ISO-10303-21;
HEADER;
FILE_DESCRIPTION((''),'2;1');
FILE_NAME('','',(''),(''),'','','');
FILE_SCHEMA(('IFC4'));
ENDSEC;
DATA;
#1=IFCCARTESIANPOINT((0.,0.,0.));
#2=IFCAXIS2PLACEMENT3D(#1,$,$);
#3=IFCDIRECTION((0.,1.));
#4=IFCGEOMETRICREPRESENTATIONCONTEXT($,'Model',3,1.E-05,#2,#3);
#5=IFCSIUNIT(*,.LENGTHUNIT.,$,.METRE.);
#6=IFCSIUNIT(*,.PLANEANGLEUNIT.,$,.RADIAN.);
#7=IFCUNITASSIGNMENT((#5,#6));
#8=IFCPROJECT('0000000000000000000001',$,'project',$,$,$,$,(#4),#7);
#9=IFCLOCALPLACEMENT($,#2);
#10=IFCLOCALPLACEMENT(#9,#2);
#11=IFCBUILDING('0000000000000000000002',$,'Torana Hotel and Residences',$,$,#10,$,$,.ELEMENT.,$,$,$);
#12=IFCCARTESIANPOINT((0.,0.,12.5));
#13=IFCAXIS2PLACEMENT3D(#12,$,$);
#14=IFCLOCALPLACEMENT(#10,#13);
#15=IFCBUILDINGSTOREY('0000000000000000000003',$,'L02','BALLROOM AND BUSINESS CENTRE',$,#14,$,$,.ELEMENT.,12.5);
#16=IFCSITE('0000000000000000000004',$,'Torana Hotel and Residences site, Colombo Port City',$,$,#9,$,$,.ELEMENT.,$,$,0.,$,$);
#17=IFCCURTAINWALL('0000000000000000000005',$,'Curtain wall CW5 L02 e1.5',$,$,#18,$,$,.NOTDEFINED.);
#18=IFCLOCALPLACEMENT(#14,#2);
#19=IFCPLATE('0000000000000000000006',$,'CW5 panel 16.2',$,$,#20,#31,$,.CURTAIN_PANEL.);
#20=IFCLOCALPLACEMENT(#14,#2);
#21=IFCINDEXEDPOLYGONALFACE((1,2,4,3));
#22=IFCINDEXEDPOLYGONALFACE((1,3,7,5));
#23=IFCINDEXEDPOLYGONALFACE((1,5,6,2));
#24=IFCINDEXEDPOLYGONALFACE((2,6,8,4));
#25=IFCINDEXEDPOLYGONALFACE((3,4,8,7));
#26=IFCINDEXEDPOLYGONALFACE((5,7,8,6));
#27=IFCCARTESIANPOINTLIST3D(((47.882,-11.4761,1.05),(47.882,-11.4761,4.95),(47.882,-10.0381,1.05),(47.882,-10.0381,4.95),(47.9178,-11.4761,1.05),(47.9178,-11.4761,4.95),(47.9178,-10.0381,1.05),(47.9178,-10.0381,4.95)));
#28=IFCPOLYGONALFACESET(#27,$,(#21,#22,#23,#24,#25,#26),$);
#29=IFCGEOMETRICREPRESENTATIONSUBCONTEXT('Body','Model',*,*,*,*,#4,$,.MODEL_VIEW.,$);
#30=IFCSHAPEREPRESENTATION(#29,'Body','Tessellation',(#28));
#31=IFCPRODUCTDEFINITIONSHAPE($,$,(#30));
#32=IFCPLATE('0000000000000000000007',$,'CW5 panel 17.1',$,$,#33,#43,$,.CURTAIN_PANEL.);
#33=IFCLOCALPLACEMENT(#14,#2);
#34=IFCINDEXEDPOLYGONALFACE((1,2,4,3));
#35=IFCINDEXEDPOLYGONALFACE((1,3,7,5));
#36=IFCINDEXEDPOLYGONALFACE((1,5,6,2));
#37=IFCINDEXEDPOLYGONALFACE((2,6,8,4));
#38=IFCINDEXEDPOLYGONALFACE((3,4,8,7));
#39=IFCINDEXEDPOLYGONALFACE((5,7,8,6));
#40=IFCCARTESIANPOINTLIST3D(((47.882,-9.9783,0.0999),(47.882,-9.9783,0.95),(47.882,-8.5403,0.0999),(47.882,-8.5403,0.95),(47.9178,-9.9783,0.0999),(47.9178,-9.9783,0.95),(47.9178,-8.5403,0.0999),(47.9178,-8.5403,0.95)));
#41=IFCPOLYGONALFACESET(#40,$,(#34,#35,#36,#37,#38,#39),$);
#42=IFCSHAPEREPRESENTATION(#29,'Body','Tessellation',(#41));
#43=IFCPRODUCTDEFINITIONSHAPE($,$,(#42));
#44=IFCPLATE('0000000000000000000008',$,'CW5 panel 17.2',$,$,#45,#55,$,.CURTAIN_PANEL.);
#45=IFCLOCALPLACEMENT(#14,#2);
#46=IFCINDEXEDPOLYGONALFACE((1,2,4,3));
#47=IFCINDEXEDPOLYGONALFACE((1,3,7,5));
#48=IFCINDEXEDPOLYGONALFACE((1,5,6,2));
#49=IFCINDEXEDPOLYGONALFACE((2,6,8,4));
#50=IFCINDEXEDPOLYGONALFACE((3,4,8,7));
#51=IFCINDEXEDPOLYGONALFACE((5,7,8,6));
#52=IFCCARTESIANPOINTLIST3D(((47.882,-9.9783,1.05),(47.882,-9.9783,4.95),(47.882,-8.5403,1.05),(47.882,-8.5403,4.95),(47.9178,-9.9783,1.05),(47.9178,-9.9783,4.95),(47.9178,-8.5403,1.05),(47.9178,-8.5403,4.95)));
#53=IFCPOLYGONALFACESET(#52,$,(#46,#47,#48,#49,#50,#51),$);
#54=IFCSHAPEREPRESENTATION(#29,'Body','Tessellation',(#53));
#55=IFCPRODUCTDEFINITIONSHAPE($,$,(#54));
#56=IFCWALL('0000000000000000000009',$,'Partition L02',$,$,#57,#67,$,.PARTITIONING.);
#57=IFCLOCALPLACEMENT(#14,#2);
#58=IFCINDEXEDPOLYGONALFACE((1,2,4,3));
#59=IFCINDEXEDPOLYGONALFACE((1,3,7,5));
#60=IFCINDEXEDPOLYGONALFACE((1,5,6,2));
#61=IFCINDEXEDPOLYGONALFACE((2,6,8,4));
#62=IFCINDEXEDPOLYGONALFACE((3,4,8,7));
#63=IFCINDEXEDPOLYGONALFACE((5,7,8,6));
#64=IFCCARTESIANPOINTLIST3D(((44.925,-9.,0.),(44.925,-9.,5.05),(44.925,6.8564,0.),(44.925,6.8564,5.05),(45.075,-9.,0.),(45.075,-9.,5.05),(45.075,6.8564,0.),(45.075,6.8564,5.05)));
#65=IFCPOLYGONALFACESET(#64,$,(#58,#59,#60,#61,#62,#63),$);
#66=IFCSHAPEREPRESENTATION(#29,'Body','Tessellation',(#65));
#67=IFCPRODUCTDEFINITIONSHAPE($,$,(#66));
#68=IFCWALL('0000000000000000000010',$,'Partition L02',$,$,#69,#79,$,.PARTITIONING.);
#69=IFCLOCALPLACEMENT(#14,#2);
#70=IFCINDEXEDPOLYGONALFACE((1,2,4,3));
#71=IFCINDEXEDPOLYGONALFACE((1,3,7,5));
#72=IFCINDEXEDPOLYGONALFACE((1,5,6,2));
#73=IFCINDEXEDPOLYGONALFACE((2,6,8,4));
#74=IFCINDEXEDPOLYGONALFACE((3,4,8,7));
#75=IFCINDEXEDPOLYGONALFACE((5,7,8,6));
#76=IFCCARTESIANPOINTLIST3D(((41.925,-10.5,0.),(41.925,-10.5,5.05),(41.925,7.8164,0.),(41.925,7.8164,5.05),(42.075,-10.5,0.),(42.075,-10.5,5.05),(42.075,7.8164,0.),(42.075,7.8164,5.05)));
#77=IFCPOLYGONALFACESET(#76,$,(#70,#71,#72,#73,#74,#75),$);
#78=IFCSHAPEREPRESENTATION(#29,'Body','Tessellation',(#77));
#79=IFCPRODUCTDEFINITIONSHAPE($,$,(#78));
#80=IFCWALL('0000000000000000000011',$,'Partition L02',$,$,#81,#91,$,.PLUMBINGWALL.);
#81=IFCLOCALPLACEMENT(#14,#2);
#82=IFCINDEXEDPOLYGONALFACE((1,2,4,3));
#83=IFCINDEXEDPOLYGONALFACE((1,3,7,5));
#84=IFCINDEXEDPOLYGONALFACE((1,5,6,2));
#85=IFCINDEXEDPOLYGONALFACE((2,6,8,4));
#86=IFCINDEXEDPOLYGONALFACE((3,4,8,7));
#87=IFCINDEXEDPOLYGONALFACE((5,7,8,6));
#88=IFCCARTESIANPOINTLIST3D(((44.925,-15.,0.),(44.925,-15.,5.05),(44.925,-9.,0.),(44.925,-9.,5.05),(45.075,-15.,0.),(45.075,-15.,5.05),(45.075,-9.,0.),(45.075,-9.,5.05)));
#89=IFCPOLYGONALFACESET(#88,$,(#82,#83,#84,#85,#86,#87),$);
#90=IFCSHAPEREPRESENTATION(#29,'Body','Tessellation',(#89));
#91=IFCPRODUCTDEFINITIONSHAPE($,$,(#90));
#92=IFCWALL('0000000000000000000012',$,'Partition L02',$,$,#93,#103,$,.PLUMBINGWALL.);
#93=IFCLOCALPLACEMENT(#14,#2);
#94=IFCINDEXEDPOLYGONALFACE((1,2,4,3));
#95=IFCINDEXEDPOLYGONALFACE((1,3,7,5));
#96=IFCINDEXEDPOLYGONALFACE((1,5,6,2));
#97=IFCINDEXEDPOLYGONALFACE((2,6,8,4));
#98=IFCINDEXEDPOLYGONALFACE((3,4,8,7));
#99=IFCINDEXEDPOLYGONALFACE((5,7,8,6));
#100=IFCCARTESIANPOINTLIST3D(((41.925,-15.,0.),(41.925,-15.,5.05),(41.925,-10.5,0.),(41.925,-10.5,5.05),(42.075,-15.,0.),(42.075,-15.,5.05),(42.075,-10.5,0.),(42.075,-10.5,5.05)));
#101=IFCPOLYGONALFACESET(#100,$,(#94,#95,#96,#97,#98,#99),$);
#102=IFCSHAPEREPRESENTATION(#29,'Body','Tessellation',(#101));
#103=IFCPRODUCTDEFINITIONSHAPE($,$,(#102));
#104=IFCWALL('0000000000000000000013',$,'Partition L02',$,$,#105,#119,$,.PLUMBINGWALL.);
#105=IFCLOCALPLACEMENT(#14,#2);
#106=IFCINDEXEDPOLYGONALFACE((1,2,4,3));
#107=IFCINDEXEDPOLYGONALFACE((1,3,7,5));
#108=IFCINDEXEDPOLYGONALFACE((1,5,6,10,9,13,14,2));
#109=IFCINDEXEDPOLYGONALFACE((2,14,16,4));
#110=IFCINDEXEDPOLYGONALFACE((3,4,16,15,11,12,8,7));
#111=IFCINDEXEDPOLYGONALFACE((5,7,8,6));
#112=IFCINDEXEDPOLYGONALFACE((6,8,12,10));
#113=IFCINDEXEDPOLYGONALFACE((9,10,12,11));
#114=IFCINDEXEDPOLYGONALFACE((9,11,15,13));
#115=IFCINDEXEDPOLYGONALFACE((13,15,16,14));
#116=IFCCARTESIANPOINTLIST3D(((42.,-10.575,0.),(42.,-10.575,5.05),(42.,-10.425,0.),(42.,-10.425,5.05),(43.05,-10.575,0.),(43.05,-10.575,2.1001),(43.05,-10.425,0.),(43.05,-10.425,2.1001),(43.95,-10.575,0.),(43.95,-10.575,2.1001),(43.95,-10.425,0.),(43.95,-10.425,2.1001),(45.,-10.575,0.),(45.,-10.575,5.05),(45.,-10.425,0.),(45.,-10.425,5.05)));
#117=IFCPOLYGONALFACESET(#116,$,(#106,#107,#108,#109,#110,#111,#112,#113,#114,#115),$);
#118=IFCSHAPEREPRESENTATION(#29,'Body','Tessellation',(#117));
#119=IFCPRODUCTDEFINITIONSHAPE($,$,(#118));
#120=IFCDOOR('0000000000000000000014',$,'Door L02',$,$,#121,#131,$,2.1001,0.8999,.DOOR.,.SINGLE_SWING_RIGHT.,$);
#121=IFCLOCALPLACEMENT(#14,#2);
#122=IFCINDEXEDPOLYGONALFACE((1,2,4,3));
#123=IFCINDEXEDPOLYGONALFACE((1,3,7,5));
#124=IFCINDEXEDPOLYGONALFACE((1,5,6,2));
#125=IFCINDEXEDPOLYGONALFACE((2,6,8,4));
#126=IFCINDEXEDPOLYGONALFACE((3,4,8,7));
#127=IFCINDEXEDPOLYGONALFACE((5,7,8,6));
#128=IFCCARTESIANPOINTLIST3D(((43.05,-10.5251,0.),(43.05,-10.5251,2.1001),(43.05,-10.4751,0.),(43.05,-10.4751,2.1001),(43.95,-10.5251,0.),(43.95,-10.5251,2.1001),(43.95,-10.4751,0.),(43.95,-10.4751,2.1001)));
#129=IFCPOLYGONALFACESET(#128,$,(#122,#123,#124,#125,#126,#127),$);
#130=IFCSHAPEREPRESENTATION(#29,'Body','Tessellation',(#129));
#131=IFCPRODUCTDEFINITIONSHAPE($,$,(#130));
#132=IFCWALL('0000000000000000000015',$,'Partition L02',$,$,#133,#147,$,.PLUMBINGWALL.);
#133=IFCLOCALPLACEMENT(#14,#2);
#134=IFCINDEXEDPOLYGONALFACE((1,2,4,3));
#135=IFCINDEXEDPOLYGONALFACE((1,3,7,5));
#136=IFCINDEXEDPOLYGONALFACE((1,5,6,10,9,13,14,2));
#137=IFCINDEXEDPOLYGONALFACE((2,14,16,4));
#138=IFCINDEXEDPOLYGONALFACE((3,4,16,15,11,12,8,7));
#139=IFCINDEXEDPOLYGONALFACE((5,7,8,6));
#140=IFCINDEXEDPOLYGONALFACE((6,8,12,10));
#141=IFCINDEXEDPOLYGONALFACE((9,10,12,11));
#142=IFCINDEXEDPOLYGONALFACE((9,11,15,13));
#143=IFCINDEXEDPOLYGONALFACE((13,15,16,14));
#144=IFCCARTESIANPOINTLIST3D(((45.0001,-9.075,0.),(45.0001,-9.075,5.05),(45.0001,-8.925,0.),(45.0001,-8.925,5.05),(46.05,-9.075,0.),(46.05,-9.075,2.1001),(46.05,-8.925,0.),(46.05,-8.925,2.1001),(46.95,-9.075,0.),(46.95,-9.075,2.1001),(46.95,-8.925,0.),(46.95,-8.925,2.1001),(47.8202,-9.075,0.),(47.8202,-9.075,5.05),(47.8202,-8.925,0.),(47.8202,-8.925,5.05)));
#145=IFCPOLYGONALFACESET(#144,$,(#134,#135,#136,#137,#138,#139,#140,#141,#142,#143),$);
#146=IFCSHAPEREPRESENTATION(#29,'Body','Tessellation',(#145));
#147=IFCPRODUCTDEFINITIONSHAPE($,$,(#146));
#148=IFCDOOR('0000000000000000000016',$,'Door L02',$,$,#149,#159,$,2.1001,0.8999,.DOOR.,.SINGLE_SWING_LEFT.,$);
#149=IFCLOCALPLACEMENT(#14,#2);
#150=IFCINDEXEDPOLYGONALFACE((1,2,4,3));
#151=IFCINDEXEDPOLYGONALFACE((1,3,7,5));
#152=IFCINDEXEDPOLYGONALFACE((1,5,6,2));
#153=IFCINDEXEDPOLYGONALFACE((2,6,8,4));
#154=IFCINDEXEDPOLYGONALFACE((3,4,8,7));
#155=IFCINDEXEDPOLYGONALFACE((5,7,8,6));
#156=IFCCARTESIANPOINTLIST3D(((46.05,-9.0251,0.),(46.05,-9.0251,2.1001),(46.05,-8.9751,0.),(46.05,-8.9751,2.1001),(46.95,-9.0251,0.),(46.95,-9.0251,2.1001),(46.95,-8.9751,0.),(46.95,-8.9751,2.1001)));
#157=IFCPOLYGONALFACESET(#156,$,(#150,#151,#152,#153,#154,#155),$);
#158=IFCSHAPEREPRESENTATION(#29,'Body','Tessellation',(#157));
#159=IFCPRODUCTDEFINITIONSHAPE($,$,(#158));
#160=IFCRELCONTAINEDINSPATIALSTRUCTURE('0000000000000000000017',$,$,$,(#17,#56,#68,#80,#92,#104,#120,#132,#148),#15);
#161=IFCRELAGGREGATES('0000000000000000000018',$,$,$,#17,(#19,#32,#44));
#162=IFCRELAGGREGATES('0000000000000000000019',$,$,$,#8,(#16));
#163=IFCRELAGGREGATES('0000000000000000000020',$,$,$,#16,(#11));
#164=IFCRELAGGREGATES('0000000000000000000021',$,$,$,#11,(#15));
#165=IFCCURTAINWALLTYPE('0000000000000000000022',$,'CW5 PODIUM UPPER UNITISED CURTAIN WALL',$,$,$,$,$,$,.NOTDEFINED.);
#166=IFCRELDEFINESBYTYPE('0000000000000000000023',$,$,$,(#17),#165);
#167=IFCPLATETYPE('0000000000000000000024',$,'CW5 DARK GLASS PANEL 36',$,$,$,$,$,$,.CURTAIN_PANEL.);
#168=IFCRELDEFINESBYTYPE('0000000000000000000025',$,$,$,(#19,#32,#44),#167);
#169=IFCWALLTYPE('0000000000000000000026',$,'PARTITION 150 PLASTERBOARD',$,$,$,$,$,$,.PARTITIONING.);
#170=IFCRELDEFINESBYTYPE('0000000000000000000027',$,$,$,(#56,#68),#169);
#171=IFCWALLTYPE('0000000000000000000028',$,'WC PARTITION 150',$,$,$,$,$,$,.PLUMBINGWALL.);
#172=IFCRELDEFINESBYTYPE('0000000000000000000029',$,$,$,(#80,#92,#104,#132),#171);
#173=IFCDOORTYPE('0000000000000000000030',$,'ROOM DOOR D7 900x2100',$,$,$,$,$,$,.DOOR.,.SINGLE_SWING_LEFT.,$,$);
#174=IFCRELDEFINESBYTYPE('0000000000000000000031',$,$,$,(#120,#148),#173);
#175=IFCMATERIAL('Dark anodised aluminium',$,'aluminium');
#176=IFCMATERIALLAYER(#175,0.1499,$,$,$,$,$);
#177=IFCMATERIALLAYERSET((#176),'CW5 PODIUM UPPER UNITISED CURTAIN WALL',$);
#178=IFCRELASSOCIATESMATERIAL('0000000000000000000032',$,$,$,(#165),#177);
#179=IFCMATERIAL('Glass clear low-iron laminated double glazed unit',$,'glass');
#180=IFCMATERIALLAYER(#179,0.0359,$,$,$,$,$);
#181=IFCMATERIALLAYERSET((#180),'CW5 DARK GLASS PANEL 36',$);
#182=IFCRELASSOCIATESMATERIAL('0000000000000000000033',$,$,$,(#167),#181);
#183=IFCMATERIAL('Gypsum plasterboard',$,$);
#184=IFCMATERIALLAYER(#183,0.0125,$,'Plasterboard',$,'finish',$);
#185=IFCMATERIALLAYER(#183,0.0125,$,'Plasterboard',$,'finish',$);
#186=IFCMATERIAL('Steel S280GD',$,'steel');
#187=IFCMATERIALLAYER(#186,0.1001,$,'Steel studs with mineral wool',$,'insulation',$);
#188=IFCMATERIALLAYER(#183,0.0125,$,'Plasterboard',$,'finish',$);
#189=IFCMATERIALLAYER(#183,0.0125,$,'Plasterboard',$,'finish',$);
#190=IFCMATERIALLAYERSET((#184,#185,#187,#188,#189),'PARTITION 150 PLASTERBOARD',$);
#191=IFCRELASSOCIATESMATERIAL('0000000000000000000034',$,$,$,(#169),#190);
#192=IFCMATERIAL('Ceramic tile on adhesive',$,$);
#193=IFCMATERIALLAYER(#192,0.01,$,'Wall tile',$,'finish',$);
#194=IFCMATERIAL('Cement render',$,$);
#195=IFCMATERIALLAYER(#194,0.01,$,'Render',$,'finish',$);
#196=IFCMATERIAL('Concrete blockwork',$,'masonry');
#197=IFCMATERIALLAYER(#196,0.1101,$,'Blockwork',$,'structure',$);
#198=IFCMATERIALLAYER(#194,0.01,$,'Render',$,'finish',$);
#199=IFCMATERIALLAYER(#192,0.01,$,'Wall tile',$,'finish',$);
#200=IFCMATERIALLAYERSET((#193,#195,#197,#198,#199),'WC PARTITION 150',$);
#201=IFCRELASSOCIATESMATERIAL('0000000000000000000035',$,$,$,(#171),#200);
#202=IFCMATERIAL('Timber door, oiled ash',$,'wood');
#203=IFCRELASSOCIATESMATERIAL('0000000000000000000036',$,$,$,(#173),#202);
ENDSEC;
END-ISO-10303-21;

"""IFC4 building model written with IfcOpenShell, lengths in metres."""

from ifc_helpers import new_model, si_unit, direction, frame, frame_2d, origin, origin_2d, place, context, subcontext, project, spatial, rectangle, extrude, material, layer, layer_set, type_object, element, fill, aggregate, save


model = new_model("IFC4")

# Units and contexts
model_context = context("Model", 3, precision=1e-05, world=origin(), true_north=direction((0.0, 1.0)))
body_context = subcontext(model_context, "Body", "Model", "MODEL_VIEW")
ifc_project = project(units=[si_unit("LENGTHUNIT", "METRE"), si_unit("PLANEANGLEUNIT", "RADIAN")], contexts=[model_context])

# Site, building, storey
site_placement = place(None, origin())
site = spatial("IfcSite", under=ifc_project, at=site_placement, Name="Torana Hotel and Residences site, Colombo Port City", CompositionType="ELEMENT", RefElevation=0.0)
building_placement = place(site_placement, origin())
building = spatial("IfcBuilding", under=site, at=building_placement, Name="Torana Hotel and Residences", CompositionType="ELEMENT")
storey_placement = place(building_placement, frame((0.0, 0.0, 12.5)))
storey = spatial("IfcBuildingStorey", under=building, at=storey_placement, Name="L02", Description="BALLROOM AND BUSINESS CENTRE", CompositionType="ELEMENT", Elevation=12.5)

# Curtain wall, plates
ifc_material_1 = material(Name="Dark anodised aluminium", Category="aluminium")
ifc_layer_1 = layer(ifc_material_1, 0.1499)
ifc_layer_set_1 = layer_set([ifc_layer_1], Name="CW5 PODIUM UPPER UNITISED CURTAIN WALL")
curtain_wall_type = type_object("IfcCurtainWallType", Name="CW5 PODIUM UPPER UNITISED CURTAIN WALL", PredefinedType="NOTDEFINED", material=ifc_layer_set_1)
curtain_wall_placement = place(storey_placement, origin())
curtain_wall = element("IfcCurtainWall", 1, at=curtain_wall_placement, inside=storey, type_object=curtain_wall_type, Name="Curtain wall CW5 L02 e1.5", PredefinedType="NOTDEFINED")
ifc_material_2 = material(Name="Glass clear low-iron laminated double glazed unit", Category="glass")
ifc_layer_2 = layer(ifc_material_2, 0.0359)
ifc_layer_set_2 = layer_set([ifc_layer_2], Name="CW5 DARK GLASS PANEL 36")
plate_type = type_object("IfcPlateType", Name="CW5 DARK GLASS PANEL 36", PredefinedType="CURTAIN_PANEL", material=ifc_layer_set_2)
plate_1_placement = place(storey_placement, frame((47.8999, -10.7571, 1.05), z_axis=(0.0, 0.0, 1.0), x_axis=(0.0, 1.0, 0.0)))
plate_1 = element("IfcPlate", 2, at=plate_1_placement, type_object=plate_type, Name="CW5 panel 16.2", PredefinedType="CURTAIN_PANEL", context=body_context, shape_type="SweptSolid", body=[
    extrude(rectangle(XDim=1.438, YDim=0.0359, at=origin_2d()), origin(), (0.0, 0.0, 1.0), 3.8999),
])
plate_2_placement = place(storey_placement, frame((47.8999, -9.2593, 0.0999), z_axis=(0.0, 0.0, 1.0), x_axis=(0.0, 1.0, 0.0)))
plate_2 = element("IfcPlate", 3, at=plate_2_placement, type_object=plate_type, Name="CW5 panel 17.1", PredefinedType="CURTAIN_PANEL", context=body_context, shape_type="SweptSolid", body=[
    extrude(rectangle(XDim=1.438, YDim=0.0359, at=origin_2d()), origin(), (0.0, 0.0, 1.0), 0.8501),
])
plate_3_placement = place(storey_placement, frame((47.8999, -9.2593, 1.05), z_axis=(0.0, 0.0, 1.0), x_axis=(0.0, 1.0, 0.0)))
plate_3 = element("IfcPlate", 4, at=plate_3_placement, type_object=plate_type, Name="CW5 panel 17.2", PredefinedType="CURTAIN_PANEL", context=body_context, shape_type="SweptSolid", body=[
    extrude(rectangle(XDim=1.438, YDim=0.0359, at=origin_2d()), origin(), (0.0, 0.0, 1.0), 3.8999),
])
aggregate(curtain_wall, [plate_1, plate_2, plate_3])

# Walls
ifc_material_3 = material(Name="Gypsum plasterboard")
ifc_layer_3 = layer(ifc_material_3, 0.0125, Name="Plasterboard", Category="finish")
ifc_layer_4 = layer(ifc_material_3, 0.0125, Name="Plasterboard", Category="finish")
ifc_material_4 = material(Name="Steel S280GD", Category="steel")
ifc_layer_5 = layer(ifc_material_4, 0.1001, Name="Steel studs with mineral wool", Category="insulation")
ifc_layer_6 = layer(ifc_material_3, 0.0125, Name="Plasterboard", Category="finish")
ifc_layer_7 = layer(ifc_material_3, 0.0125, Name="Plasterboard", Category="finish")
ifc_layer_set_3 = layer_set([ifc_layer_3, ifc_layer_4, ifc_layer_5, ifc_layer_6, ifc_layer_7], Name="PARTITION 150 PLASTERBOARD")
wall_type_1 = type_object("IfcWallType", Name="PARTITION 150 PLASTERBOARD", PredefinedType="PARTITIONING", material=ifc_layer_set_3)
wall_1_placement = place(storey_placement, frame((45.0, -9.0, 0.0), z_axis=(0.0, 0.0, 1.0), x_axis=(0.0, 1.0, 0.0)))
element("IfcWall", 5, at=wall_1_placement, inside=storey, type_object=wall_type_1, Name="Partition L02", PredefinedType="PARTITIONING", context=body_context, shape_type="SweptSolid", body=[
    extrude(rectangle(XDim=15.8564, YDim=0.1499, at=frame_2d((7.9282, 0.0))), origin(), (0.0, 0.0, 1.0), 5.05),
])
wall_2_placement = place(storey_placement, frame((42.0, -10.5, 0.0), z_axis=(0.0, 0.0, 1.0), x_axis=(0.0, 1.0, 0.0)))
element("IfcWall", 6, at=wall_2_placement, inside=storey, type_object=wall_type_1, Name="Partition L02", PredefinedType="PARTITIONING", context=body_context, shape_type="SweptSolid", body=[
    extrude(rectangle(XDim=18.3164, YDim=0.1499, at=frame_2d((9.1582, 0.0))), origin(), (0.0, 0.0, 1.0), 5.05),
])
ifc_material_5 = material(Name="Ceramic tile on adhesive")
ifc_layer_8 = layer(ifc_material_5, 0.01, Name="Wall tile", Category="finish")
ifc_material_6 = material(Name="Cement render")
ifc_layer_9 = layer(ifc_material_6, 0.01, Name="Render", Category="finish")
ifc_material_7 = material(Name="Concrete blockwork", Category="masonry")
ifc_layer_10 = layer(ifc_material_7, 0.1101, Name="Blockwork", Category="structure")
ifc_layer_11 = layer(ifc_material_6, 0.01, Name="Render", Category="finish")
ifc_layer_12 = layer(ifc_material_5, 0.01, Name="Wall tile", Category="finish")
ifc_layer_set_4 = layer_set([ifc_layer_8, ifc_layer_9, ifc_layer_10, ifc_layer_11, ifc_layer_12], Name="WC PARTITION 150")
wall_type_2 = type_object("IfcWallType", Name="WC PARTITION 150", PredefinedType="PLUMBINGWALL", material=ifc_layer_set_4)
wall_3_placement = place(storey_placement, frame((45.0, -15.0, 0.0), z_axis=(0.0, 0.0, 1.0), x_axis=(0.0, 1.0, 0.0)))
element("IfcWall", 7, at=wall_3_placement, inside=storey, type_object=wall_type_2, Name="Partition L02", PredefinedType="PLUMBINGWALL", context=body_context, shape_type="SweptSolid", body=[
    extrude(rectangle(XDim=6.0, YDim=0.1499, at=frame_2d((3.0, 0.0))), origin(), (0.0, 0.0, 1.0), 5.05),
])
wall_4_placement = place(storey_placement, frame((42.0, -15.0, 0.0), z_axis=(0.0, 0.0, 1.0), x_axis=(0.0, 1.0, 0.0)))
element("IfcWall", 8, at=wall_4_placement, inside=storey, type_object=wall_type_2, Name="Partition L02", PredefinedType="PLUMBINGWALL", context=body_context, shape_type="SweptSolid", body=[
    extrude(rectangle(XDim=4.5, YDim=0.1499, at=frame_2d((2.25, 0.0))), origin(), (0.0, 0.0, 1.0), 5.05),
])

# Walls, openings, doors
wall_5_placement = place(storey_placement, frame((42.0, -10.5, 0.0), z_axis=(0.0, 0.0, 1.0), x_axis=(1.0, 0.0, 0.0)))
wall_5 = element("IfcWall", 9, at=wall_5_placement, inside=storey, type_object=wall_type_2, Name="Partition L02", PredefinedType="PLUMBINGWALL", context=body_context, shape_type="SweptSolid", body=[
    extrude(rectangle(XDim=3.0, YDim=0.1499, at=frame_2d((1.5, 0.0))), origin(), (0.0, 0.0, 1.0), 5.05),
])
opening_1_placement = place(wall_5_placement, frame((1.05, 0.0, 0.0)))
opening_1 = element("IfcOpeningElement", 10, at=opening_1_placement, cuts=wall_5, PredefinedType="OPENING", context=body_context, shape_type="SweptSolid", body=[
    extrude(rectangle(XDim=0.8999, YDim=2.1001, at=frame_2d((0.45, 1.05))), frame((0.0, 0.085, 0.0), z_axis=(0.0, -1.0, 0.0), x_axis=(1.0, 0.0, 0.0)), (0.0, 0.0, 1.0), 0.1699),
])
ifc_material_8 = material(Name="Timber door, oiled ash", Category="wood")
door_type = type_object("IfcDoorType", Name="ROOM DOOR D7 900x2100", OperationType="SINGLE_SWING_LEFT", PredefinedType="DOOR", material=ifc_material_8)
door_1_placement = place(opening_1_placement, origin())
door_1 = element("IfcDoor", 11, at=door_1_placement, inside=storey, type_object=door_type, Name="Door L02", OperationType="SINGLE_SWING_RIGHT", OverallHeight=2.1001, OverallWidth=0.8999, PredefinedType="DOOR", context=body_context, shape_type="SweptSolid", body=[
    extrude(rectangle(XDim=0.8999, YDim=2.1001, at=frame_2d((0.45, 1.05))), frame((0.0, 0.0249, 0.0), z_axis=(0.0, -1.0, 0.0), x_axis=(1.0, 0.0, 0.0)), (0.0, 0.0, 1.0), 0.05),
])
fill(opening_1, door_1)
wall_6_placement = place(storey_placement, frame((45.0, -9.0, 0.0), z_axis=(0.0, 0.0, 1.0), x_axis=(1.0, 0.0, 0.0)))
wall_6 = element("IfcWall", 12, at=wall_6_placement, inside=storey, type_object=wall_type_2, Name="Partition L02", PredefinedType="PLUMBINGWALL", context=body_context, shape_type="SweptSolid", body=[
    extrude(rectangle(XDim=2.8201, YDim=0.1499, at=frame_2d((1.4102, 0.0))), origin(), (0.0, 0.0, 1.0), 5.05),
])
opening_2_placement = place(wall_6_placement, frame((1.05, 0.0, 0.0)))
opening_2 = element("IfcOpeningElement", 13, at=opening_2_placement, cuts=wall_6, PredefinedType="OPENING", context=body_context, shape_type="SweptSolid", body=[
    extrude(rectangle(XDim=0.8999, YDim=2.1001, at=frame_2d((0.45, 1.05))), frame((0.0, 0.085, 0.0), z_axis=(0.0, -1.0, 0.0), x_axis=(1.0, 0.0, 0.0)), (0.0, 0.0, 1.0), 0.1699),
])
door_2_placement = place(opening_2_placement, origin())
door_2 = element("IfcDoor", 14, at=door_2_placement, inside=storey, type_object=door_type, Name="Door L02", OperationType="SINGLE_SWING_LEFT", OverallHeight=2.1001, OverallWidth=0.8999, PredefinedType="DOOR", context=body_context, shape_type="SweptSolid", body=[
    extrude(rectangle(XDim=0.8999, YDim=2.1001, at=frame_2d((0.45, 1.05))), frame((0.0, 0.0249, 0.0), z_axis=(0.0, -1.0, 0.0), x_axis=(1.0, 0.0, 0.0)), (0.0, 0.0, 1.0), 0.05),
])
fill(opening_2, door_2)

save(model, "model.ifc")
